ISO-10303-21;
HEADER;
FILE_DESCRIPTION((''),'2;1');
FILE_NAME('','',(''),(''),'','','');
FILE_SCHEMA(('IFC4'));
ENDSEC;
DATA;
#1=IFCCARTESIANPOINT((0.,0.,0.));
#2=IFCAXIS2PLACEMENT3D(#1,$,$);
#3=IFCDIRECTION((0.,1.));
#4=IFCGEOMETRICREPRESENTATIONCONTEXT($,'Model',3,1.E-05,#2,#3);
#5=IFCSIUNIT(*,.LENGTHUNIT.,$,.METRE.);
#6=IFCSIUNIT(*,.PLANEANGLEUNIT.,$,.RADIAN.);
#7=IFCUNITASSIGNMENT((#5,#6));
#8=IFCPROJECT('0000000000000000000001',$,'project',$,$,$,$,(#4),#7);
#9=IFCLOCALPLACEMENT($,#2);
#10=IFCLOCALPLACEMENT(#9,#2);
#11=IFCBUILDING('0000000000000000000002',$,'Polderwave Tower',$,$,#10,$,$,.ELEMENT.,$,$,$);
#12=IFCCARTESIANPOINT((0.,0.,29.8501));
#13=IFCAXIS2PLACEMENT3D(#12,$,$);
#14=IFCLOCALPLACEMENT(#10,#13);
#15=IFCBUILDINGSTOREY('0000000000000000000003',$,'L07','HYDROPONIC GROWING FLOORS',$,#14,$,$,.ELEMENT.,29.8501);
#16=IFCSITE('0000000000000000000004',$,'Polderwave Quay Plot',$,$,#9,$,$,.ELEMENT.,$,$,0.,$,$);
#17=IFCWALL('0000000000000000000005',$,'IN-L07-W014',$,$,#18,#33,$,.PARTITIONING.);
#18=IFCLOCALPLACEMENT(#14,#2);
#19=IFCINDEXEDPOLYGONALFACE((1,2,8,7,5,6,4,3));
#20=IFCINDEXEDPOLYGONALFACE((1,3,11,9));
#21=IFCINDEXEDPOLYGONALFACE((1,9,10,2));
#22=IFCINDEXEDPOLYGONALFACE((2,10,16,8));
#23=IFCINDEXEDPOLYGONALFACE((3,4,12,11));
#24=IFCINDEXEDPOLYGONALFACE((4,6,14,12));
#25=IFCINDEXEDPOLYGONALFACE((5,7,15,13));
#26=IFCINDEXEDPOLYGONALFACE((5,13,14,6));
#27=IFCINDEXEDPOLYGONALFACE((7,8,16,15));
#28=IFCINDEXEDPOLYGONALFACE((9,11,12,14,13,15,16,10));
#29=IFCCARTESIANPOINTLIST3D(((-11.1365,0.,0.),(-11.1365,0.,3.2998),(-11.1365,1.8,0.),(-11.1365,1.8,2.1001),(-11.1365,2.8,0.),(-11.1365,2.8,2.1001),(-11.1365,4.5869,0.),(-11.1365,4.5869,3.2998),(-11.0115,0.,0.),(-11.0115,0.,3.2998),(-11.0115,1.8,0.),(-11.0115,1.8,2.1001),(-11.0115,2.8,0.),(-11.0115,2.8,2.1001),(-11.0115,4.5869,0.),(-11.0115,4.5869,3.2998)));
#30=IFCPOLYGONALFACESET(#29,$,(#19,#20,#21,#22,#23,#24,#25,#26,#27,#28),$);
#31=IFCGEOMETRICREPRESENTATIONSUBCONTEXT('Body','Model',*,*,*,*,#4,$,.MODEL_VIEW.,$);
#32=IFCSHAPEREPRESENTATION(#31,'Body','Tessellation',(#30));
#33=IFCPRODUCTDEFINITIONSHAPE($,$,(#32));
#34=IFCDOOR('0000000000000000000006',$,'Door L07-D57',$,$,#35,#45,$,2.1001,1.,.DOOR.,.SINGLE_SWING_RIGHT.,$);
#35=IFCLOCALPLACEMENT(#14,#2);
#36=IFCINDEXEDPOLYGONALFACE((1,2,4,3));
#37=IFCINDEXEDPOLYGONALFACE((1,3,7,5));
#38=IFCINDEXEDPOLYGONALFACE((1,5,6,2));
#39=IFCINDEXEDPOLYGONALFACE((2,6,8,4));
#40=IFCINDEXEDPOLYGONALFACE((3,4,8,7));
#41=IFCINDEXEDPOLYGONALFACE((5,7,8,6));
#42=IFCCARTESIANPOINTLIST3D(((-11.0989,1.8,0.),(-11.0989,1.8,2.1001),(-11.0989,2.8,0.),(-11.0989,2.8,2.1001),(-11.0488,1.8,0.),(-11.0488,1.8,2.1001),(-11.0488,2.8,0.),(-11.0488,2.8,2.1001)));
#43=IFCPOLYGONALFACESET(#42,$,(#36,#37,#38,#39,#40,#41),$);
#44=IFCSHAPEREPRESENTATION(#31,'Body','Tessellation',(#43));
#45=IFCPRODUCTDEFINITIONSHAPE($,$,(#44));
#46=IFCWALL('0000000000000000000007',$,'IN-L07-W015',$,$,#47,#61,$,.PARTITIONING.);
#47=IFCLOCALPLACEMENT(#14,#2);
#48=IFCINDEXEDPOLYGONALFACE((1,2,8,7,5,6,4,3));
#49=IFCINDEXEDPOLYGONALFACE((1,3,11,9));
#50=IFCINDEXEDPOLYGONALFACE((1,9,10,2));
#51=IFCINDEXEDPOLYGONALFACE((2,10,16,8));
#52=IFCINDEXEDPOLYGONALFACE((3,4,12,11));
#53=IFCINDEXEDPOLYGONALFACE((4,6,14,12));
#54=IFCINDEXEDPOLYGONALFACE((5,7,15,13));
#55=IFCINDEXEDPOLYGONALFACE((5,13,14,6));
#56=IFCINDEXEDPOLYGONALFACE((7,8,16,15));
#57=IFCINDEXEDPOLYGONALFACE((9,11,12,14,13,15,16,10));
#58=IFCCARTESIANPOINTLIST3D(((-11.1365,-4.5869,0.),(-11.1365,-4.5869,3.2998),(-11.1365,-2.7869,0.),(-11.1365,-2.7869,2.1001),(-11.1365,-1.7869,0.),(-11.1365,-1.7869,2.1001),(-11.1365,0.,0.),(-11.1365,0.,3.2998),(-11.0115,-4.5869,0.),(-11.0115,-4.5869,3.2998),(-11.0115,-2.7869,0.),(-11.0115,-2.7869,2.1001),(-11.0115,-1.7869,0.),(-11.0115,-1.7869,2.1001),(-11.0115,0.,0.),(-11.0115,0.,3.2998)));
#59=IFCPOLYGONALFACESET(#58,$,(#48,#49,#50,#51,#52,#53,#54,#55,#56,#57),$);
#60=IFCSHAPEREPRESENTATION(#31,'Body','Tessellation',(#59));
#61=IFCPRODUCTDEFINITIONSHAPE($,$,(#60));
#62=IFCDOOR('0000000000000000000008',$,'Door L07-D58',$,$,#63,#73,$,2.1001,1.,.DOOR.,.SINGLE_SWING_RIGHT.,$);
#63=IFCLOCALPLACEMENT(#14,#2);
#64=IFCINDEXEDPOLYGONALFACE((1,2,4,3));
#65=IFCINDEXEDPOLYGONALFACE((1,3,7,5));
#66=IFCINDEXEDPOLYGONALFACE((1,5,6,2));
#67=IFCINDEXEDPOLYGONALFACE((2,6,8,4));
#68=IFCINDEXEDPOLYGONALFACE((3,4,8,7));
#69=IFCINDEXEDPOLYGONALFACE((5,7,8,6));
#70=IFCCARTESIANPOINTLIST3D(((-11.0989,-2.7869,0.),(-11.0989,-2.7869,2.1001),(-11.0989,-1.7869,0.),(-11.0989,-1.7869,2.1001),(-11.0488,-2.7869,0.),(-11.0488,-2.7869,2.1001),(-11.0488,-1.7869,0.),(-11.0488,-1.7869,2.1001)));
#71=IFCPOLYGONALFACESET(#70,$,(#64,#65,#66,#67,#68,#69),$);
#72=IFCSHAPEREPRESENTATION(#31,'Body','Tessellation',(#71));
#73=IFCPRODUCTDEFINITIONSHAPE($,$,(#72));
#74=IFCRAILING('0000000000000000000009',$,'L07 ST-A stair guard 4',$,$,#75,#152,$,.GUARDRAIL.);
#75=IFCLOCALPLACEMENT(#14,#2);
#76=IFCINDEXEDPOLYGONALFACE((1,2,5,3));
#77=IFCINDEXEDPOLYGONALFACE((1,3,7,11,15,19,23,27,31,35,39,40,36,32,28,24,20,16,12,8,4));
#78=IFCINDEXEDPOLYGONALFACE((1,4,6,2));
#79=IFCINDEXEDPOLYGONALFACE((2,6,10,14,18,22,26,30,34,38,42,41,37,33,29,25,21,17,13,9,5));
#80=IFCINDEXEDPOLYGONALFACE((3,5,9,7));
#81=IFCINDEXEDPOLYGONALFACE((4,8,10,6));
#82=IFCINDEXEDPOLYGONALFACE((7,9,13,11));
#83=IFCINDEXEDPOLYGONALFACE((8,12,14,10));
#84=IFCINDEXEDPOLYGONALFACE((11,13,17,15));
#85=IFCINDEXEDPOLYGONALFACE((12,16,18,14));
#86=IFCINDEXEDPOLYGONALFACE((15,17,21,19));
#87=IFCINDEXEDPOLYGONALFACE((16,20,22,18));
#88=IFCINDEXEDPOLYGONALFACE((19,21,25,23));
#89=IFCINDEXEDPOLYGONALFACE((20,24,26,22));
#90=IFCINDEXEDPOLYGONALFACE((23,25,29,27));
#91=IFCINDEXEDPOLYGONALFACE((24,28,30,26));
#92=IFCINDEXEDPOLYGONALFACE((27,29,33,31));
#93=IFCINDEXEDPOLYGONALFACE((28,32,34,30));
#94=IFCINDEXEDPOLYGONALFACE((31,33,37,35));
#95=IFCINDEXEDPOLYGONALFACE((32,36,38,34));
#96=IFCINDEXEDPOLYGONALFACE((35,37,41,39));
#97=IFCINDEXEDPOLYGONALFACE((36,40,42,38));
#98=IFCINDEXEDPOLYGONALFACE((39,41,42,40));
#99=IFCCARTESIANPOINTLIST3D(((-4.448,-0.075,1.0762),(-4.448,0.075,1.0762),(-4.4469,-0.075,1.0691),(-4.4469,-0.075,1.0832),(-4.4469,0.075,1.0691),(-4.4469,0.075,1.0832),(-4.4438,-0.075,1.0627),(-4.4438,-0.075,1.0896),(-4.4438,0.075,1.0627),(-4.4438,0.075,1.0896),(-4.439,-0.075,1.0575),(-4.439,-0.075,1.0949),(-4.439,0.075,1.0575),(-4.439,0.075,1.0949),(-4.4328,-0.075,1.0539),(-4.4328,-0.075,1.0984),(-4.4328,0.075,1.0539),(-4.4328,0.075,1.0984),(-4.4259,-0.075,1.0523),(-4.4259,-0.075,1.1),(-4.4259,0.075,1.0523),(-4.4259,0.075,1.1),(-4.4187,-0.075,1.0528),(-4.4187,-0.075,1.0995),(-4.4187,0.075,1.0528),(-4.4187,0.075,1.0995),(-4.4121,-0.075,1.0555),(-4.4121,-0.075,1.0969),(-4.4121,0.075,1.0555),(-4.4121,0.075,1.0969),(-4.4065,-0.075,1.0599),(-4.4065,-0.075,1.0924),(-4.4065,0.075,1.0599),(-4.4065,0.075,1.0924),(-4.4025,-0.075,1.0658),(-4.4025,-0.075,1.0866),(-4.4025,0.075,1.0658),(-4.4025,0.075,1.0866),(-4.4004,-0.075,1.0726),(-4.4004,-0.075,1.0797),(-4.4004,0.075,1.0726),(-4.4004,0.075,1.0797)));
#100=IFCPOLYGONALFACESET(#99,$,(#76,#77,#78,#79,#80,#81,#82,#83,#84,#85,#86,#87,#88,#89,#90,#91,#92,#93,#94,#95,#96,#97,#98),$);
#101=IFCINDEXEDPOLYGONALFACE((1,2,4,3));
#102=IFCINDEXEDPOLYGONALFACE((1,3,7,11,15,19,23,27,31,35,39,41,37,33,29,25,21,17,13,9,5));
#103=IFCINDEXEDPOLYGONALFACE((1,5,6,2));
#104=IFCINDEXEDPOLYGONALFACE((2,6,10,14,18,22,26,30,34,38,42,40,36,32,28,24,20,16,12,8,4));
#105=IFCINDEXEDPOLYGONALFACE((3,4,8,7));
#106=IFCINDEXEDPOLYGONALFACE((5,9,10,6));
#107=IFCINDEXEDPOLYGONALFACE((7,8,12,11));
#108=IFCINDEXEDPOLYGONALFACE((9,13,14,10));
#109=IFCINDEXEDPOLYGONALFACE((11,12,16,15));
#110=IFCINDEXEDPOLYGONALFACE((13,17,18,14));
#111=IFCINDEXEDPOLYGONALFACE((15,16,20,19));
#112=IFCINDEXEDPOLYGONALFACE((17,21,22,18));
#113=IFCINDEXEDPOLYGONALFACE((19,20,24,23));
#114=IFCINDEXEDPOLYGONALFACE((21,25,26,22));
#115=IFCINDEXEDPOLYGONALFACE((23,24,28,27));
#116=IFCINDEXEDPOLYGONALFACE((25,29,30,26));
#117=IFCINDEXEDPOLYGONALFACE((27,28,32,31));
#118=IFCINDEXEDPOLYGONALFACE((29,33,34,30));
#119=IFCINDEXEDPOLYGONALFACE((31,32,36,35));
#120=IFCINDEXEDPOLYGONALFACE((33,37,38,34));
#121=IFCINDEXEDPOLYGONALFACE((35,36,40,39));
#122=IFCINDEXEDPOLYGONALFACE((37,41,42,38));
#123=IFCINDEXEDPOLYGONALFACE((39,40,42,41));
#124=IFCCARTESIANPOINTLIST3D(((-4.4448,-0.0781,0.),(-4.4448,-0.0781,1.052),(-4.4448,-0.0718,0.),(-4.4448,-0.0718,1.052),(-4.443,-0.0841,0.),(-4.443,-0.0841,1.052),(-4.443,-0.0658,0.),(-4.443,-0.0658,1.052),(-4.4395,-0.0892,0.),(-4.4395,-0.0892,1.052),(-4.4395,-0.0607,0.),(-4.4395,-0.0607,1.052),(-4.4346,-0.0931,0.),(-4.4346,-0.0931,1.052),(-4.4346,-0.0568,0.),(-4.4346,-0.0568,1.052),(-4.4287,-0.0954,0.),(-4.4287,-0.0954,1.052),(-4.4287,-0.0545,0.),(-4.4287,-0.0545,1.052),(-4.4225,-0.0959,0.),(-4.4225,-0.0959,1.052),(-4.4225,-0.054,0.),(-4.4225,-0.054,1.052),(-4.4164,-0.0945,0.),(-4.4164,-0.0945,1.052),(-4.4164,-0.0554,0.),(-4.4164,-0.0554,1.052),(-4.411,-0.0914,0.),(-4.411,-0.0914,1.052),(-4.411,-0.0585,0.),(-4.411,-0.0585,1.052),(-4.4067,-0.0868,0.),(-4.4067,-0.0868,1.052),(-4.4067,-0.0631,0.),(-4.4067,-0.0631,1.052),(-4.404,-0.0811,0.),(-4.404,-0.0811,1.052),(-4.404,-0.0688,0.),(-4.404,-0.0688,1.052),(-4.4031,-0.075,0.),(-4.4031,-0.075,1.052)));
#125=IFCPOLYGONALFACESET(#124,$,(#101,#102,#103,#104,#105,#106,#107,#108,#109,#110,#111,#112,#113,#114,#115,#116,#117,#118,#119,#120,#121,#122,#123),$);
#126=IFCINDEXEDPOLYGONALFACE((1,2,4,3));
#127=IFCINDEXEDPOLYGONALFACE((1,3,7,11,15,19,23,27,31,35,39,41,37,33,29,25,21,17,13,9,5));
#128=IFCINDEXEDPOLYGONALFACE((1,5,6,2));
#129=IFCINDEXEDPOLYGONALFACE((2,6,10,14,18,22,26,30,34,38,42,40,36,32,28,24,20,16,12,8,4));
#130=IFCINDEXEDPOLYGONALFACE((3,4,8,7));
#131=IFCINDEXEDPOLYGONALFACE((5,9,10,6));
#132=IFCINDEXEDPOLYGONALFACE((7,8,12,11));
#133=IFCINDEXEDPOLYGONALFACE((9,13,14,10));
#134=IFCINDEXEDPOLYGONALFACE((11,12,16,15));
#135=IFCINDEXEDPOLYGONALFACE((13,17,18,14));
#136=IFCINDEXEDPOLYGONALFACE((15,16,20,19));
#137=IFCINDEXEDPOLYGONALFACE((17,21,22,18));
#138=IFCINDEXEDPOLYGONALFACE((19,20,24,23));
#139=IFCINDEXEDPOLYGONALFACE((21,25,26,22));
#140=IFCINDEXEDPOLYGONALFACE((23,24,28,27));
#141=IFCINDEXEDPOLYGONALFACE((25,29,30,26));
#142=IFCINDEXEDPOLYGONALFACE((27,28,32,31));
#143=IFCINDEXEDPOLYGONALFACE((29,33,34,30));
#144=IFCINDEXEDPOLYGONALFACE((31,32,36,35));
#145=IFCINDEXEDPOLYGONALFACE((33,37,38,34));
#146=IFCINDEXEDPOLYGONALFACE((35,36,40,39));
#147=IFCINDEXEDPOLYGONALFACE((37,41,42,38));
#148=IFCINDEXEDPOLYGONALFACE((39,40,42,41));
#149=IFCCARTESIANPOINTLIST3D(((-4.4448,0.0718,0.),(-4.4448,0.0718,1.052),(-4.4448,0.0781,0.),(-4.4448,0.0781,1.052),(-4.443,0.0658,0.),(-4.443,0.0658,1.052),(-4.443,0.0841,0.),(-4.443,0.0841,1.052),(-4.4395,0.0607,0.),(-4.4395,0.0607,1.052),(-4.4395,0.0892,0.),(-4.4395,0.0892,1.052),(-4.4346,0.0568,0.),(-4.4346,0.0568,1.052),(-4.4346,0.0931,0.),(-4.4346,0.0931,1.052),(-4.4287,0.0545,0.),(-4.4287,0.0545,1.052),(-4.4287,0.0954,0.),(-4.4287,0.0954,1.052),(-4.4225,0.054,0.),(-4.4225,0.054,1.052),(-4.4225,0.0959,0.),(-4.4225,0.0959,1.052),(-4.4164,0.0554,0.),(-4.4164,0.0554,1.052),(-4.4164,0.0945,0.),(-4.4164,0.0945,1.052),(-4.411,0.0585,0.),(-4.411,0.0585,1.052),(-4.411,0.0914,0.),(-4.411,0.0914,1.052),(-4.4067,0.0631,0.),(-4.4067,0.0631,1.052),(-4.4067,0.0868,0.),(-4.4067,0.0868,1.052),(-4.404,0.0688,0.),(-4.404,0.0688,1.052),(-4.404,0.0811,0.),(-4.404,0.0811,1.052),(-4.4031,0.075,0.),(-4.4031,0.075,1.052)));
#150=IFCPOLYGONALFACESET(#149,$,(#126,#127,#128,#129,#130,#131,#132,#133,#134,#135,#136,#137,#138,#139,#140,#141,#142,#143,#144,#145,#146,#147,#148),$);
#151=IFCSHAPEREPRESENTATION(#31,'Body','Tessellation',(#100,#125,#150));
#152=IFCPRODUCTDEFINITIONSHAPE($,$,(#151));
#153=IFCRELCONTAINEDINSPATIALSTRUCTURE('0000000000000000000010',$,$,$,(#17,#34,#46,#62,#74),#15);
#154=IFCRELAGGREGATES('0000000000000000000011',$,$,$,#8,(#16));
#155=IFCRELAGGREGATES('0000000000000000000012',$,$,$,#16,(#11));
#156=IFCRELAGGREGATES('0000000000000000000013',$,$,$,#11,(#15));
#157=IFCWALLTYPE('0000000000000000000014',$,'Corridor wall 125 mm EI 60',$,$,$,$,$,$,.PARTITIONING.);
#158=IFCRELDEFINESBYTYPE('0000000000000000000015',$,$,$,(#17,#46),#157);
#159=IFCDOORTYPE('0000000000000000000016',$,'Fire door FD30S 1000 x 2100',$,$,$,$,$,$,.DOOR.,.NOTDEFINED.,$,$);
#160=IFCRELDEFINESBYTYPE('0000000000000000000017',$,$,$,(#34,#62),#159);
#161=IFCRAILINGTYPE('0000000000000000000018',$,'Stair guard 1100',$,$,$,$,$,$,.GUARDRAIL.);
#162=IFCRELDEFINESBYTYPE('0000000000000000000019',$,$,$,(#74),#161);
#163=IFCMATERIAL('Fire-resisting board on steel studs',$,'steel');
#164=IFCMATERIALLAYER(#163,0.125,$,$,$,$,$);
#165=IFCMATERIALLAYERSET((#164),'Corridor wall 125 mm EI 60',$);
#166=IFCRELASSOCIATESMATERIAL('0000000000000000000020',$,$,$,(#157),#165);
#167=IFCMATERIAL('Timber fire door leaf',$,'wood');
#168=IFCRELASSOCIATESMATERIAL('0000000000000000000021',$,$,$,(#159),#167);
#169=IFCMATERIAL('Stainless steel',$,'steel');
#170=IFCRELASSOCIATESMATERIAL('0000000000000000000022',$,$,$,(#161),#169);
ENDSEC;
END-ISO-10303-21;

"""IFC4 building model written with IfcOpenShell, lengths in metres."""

from ifc_helpers import new_model, si_unit, direction, frame, frame_2d, origin, origin_2d, place, context, subcontext, project, spatial, rectangle, circle, extrude, material, layer, layer_set, type_object, element, fill, save


model = new_model("IFC4")

# Units and contexts
model_context = context("Model", 3, precision=1e-05, world=origin(), true_north=direction((0.0, 1.0)))
body_context = subcontext(model_context, "Body", "Model", "MODEL_VIEW")
ifc_project = project(units=[si_unit("LENGTHUNIT", "METRE"), si_unit("PLANEANGLEUNIT", "RADIAN")], contexts=[model_context])

# Site, building, storey
site_placement = place(None, origin())
site = spatial("IfcSite", under=ifc_project, at=site_placement, Name="Polderwave Quay Plot", CompositionType="ELEMENT", RefElevation=0.0)
building_placement = place(site_placement, origin())
building = spatial("IfcBuilding", under=site, at=building_placement, Name="Polderwave Tower", CompositionType="ELEMENT")
storey_placement = place(building_placement, frame((0.0, 0.0, 29.8501)))
storey = spatial("IfcBuildingStorey", under=building, at=storey_placement, Name="L07", Description="HYDROPONIC GROWING FLOORS", CompositionType="ELEMENT", Elevation=29.8501)

# Shared definitions
ifc_material_1 = material(Name="Stainless steel", Category="steel")

# Walls, openings, doors
ifc_material_2 = material(Name="Fire-resisting board on steel studs", Category="steel")
ifc_layer_1 = layer(ifc_material_2, 0.125)
ifc_layer_set_1 = layer_set([ifc_layer_1], Name="Corridor wall 125 mm EI 60")
wall_type_1 = type_object("IfcWallType", Name="Corridor wall 125 mm EI 60", PredefinedType="PARTITIONING", material=ifc_layer_set_1)
wall_1_placement = place(storey_placement, frame((-11.074, 0.0, 0.0), z_axis=(0.0, 0.0, 1.0), x_axis=(0.0, 1.0, 0.0)))
wall_1 = element("IfcWall", 1, at=wall_1_placement, inside=storey, type_object=wall_type_1, Name="IN-L07-W014", PredefinedType="PARTITIONING", context=body_context, shape_type="SweptSolid", body=[
    extrude(rectangle(XDim=4.5869, YDim=0.125, at=frame_2d((2.2935, 0.0))), origin(), (0.0, 0.0, 1.0), 3.2998),
])
opening_1_placement = place(wall_1_placement, frame((1.8, 0.0, 0.0)))
opening_1 = element("IfcOpeningElement", 2, at=opening_1_placement, cuts=wall_1, PredefinedType="OPENING", context=body_context, shape_type="SweptSolid", body=[
    extrude(rectangle(XDim=1.0, YDim=2.1001, at=frame_2d((0.5, 1.05))), frame((0.0, 0.0725, 0.0), z_axis=(0.0, -1.0, 0.0), x_axis=(1.0, 0.0, 0.0)), (0.0, 0.0, 1.0), 0.145),
])
ifc_material_3 = material(Name="Timber fire door leaf", Category="wood")
door_type_1 = type_object("IfcDoorType", Name="Fire door FD30S 1000 x 2100", OperationType="NOTDEFINED", PredefinedType="DOOR", material=ifc_material_3)
door_1_placement = place(opening_1_placement, origin())
door_1 = element("IfcDoor", 3, at=door_1_placement, inside=storey, type_object=door_type_1, Name="Door L07-D57", OperationType="SINGLE_SWING_RIGHT", OverallHeight=2.1001, OverallWidth=1.0, PredefinedType="DOOR", context=body_context, shape_type="SweptSolid", body=[
    extrude(rectangle(XDim=1.0, YDim=2.1001, at=frame_2d((0.5, 1.05))), frame((0.0, 0.0249, 0.0), z_axis=(0.0, -1.0, 0.0), x_axis=(1.0, 0.0, 0.0)), (0.0, 0.0, 1.0), 0.05),
])
fill(opening_1, door_1)
wall_2_placement = place(storey_placement, frame((-11.074, -4.5869, 0.0), z_axis=(0.0, 0.0, 1.0), x_axis=(0.0, 1.0, 0.0)))
wall_2 = element("IfcWall", 4, at=wall_2_placement, inside=storey, type_object=wall_type_1, Name="IN-L07-W015", PredefinedType="PARTITIONING", context=body_context, shape_type="SweptSolid", body=[
    extrude(rectangle(XDim=4.5869, YDim=0.125, at=frame_2d((2.2935, 0.0))), origin(), (0.0, 0.0, 1.0), 3.2998),
])
opening_2_placement = place(wall_2_placement, frame((1.8, 0.0, 0.0)))
opening_2 = element("IfcOpeningElement", 5, at=opening_2_placement, cuts=wall_2, PredefinedType="OPENING", context=body_context, shape_type="SweptSolid", body=[
    extrude(rectangle(XDim=1.0, YDim=2.1001, at=frame_2d((0.5, 1.05))), frame((0.0, 0.0725, 0.0), z_axis=(0.0, -1.0, 0.0), x_axis=(1.0, 0.0, 0.0)), (0.0, 0.0, 1.0), 0.145),
])
door_2_placement = place(opening_2_placement, origin())
door_2 = element("IfcDoor", 6, at=door_2_placement, inside=storey, type_object=door_type_1, Name="Door L07-D58", OperationType="SINGLE_SWING_RIGHT", OverallHeight=2.1001, OverallWidth=1.0, PredefinedType="DOOR", context=body_context, shape_type="SweptSolid", body=[
    extrude(rectangle(XDim=1.0, YDim=2.1001, at=frame_2d((0.5, 1.05))), frame((0.0, 0.0249, 0.0), z_axis=(0.0, -1.0, 0.0), x_axis=(1.0, 0.0, 0.0)), (0.0, 0.0, 1.0), 0.05),
])
fill(opening_2, door_2)

# Railing
railing_type = type_object("IfcRailingType", Name="Stair guard 1100", PredefinedType="GUARDRAIL", material=ifc_material_1)
railing_placement = place(storey_placement, frame((-4.4241, -0.075, 0.0)))
element("IfcRailing", 7, at=railing_placement, inside=storey, type_object=railing_type, Name="L07 ST-A stair guard 4", PredefinedType="GUARDRAIL", context=body_context, shape_type="SweptSolid", body=[
    extrude(circle(Radius=0.0239, at=origin_2d()), frame((0.0, 0.0, 1.0762), z_axis=(0.0, 1.0, 0.0), x_axis=(-1.0, 0.0, 0.0)), (0.0, 0.0, 1.0), 0.1499),
    extrude(circle(Radius=0.021, at=origin_2d()), origin(), (0.0, 0.0, 1.0), 1.052),
    extrude(circle(Radius=0.021, at=origin_2d()), frame((0.0, 0.1499, 0.0)), (0.0, 0.0, 1.0), 1.052),
])

save(model, "model.ifc")
